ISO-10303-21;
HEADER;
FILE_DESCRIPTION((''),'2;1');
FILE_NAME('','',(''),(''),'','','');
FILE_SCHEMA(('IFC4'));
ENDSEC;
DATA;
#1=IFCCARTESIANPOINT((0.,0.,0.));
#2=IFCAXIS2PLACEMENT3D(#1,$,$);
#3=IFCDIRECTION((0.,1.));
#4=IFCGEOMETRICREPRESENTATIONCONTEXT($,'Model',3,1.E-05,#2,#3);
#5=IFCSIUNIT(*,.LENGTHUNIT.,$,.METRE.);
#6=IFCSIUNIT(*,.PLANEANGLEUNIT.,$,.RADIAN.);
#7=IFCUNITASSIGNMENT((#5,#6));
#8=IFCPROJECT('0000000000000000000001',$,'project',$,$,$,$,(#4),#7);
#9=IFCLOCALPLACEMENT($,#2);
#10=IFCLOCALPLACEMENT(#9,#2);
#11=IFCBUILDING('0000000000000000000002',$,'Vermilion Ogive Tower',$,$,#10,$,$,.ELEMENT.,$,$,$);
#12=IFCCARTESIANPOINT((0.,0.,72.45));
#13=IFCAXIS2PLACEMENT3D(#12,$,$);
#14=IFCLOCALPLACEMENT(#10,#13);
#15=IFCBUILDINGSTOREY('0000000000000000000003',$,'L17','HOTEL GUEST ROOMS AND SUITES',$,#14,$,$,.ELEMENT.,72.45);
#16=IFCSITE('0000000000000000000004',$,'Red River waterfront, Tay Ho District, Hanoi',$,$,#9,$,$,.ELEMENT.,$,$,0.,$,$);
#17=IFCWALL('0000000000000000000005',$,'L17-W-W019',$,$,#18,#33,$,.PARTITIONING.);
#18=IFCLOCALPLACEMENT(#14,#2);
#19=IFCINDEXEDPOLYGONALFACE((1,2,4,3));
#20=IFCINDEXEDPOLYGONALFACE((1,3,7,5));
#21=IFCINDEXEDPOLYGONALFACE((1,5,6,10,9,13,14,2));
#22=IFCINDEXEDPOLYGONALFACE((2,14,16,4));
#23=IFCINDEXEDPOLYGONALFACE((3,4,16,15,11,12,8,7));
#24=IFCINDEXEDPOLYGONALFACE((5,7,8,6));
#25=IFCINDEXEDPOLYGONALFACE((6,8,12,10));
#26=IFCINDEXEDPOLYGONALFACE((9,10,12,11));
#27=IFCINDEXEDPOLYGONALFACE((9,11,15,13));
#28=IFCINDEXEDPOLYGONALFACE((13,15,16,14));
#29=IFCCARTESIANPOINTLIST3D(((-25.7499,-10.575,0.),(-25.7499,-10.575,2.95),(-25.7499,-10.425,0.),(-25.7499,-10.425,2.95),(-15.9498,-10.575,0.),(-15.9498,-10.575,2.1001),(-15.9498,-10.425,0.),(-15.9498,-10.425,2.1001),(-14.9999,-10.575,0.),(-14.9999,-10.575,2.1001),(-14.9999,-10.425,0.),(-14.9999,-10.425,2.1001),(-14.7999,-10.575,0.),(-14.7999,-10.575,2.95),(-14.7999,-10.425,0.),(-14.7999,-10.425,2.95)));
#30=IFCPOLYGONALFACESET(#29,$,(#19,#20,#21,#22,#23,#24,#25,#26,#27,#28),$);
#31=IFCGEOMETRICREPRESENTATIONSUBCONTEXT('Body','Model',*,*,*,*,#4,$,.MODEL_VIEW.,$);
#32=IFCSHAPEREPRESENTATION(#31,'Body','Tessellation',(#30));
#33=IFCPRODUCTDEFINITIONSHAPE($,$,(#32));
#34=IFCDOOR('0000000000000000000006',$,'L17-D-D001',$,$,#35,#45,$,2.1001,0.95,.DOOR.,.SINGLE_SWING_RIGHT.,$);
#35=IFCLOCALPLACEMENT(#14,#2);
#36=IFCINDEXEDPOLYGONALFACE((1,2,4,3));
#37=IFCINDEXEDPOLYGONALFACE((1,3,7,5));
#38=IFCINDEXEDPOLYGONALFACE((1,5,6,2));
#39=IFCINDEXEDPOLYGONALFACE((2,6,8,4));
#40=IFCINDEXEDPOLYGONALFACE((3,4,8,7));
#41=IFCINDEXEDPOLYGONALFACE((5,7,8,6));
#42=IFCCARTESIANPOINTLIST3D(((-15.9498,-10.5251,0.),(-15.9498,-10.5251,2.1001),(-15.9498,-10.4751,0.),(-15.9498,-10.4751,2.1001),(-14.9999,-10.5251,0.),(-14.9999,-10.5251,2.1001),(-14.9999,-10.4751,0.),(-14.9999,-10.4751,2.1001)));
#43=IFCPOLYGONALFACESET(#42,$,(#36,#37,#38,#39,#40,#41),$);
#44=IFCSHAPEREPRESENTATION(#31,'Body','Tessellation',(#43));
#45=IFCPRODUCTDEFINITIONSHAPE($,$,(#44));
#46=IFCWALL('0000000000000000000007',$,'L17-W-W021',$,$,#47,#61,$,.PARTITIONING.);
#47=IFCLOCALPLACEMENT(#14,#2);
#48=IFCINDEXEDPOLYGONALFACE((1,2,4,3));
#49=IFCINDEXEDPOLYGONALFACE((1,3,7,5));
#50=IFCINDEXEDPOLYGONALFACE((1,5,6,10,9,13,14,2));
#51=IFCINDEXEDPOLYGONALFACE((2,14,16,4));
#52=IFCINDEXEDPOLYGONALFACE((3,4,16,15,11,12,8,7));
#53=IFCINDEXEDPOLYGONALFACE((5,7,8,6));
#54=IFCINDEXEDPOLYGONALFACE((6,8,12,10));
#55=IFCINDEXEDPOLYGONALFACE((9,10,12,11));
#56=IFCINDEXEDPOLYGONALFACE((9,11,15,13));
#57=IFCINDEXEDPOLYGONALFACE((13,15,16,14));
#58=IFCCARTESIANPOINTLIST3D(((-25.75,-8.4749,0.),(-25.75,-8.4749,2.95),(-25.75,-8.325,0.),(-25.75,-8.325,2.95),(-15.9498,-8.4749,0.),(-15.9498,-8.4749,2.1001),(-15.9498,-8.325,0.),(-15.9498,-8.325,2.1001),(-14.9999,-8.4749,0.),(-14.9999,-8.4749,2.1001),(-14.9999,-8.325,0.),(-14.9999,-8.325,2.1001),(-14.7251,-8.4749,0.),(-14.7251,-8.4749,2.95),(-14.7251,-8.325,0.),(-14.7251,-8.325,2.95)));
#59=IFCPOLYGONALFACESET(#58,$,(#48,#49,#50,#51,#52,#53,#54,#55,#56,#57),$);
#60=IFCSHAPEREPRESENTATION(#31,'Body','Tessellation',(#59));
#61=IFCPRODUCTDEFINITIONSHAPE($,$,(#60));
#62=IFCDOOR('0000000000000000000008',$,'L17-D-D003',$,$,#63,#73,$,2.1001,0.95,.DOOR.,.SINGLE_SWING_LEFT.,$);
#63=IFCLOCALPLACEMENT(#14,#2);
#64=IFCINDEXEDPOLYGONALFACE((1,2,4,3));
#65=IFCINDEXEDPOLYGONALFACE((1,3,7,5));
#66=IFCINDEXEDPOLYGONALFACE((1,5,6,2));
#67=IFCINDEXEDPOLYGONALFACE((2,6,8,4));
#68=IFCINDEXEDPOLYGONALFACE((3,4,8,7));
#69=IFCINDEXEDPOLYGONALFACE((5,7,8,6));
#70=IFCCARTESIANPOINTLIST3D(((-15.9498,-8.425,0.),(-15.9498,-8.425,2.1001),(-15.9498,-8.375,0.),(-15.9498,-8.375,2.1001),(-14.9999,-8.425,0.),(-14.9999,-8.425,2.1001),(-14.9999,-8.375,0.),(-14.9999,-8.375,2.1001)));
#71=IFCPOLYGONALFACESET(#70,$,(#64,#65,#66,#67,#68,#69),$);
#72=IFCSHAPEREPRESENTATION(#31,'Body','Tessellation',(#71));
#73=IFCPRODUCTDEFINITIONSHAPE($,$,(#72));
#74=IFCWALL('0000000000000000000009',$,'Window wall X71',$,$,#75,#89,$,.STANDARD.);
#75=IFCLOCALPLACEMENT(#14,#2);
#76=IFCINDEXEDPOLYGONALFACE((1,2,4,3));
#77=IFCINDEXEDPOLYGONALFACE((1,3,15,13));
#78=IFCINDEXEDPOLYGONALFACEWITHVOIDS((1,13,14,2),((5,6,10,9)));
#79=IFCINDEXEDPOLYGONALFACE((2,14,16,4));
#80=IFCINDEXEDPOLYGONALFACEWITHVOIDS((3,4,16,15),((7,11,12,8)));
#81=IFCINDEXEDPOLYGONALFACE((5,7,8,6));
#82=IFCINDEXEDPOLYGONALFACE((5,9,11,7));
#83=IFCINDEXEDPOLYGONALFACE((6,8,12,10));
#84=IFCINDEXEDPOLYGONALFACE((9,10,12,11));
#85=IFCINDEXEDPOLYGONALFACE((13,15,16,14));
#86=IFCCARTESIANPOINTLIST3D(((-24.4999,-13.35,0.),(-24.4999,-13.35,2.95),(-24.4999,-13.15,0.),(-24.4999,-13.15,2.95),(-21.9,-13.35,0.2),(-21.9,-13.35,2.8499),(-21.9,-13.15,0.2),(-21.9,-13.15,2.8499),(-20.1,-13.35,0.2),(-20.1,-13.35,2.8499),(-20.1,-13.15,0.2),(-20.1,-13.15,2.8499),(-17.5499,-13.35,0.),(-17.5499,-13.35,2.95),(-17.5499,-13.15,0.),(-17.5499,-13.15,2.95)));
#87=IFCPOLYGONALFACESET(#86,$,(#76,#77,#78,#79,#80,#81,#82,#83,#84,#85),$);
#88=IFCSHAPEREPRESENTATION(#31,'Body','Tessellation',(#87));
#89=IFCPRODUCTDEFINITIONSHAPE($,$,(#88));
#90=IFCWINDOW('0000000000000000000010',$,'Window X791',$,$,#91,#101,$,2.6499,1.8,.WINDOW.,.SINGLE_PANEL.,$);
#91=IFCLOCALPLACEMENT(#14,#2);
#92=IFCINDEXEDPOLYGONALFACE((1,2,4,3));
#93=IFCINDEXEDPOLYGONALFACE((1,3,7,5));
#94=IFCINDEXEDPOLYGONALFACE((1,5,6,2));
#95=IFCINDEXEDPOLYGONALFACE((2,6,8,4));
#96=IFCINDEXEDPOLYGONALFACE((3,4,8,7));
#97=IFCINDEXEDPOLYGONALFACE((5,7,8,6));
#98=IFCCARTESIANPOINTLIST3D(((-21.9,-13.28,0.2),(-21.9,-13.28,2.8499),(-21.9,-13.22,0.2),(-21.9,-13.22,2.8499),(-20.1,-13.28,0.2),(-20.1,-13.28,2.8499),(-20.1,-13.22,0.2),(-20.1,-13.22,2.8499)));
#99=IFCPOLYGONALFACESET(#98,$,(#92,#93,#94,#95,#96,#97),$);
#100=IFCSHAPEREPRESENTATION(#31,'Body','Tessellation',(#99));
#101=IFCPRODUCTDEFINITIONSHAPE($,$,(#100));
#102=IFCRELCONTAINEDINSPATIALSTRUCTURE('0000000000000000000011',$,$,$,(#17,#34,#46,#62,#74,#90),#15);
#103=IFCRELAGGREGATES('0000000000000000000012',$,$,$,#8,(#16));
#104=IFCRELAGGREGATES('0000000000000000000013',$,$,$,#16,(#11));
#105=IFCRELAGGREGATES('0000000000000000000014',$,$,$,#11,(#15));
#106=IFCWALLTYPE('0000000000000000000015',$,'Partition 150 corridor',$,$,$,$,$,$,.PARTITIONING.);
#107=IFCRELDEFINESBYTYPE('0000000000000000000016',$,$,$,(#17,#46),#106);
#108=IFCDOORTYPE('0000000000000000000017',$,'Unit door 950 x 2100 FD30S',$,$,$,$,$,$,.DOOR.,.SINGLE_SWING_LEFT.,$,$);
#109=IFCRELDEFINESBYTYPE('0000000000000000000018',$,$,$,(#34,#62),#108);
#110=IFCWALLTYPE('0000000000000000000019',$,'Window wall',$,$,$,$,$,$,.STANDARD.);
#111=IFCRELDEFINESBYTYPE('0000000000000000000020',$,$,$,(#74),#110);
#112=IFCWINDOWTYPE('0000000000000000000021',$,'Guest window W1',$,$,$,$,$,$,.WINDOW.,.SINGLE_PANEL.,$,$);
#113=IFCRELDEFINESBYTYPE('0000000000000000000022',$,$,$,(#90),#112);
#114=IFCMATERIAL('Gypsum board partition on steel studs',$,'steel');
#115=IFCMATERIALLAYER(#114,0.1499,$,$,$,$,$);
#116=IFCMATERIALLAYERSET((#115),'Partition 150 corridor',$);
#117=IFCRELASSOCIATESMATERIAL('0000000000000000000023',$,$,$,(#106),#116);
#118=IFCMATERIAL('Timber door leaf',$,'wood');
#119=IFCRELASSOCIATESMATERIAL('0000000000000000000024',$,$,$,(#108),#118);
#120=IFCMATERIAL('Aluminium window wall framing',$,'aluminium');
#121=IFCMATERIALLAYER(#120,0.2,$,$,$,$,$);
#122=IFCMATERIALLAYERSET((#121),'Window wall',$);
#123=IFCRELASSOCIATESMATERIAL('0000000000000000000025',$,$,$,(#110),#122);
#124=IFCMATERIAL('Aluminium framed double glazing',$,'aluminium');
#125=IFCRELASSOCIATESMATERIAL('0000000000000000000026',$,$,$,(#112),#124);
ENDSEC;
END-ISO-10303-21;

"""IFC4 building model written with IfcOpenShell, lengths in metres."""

from ifc_helpers import new_model, si_unit, direction, frame, frame_2d, origin, place, context, subcontext, project, spatial, rectangle, extrude, material, layer, layer_set, type_object, element, fill, save


model = new_model("IFC4")

# Units and contexts
model_context = context("Model", 3, precision=1e-05, world=origin(), true_north=direction((0.0, 1.0)))
body_context = subcontext(model_context, "Body", "Model", "MODEL_VIEW")
ifc_project = project(units=[si_unit("LENGTHUNIT", "METRE"), si_unit("PLANEANGLEUNIT", "RADIAN")], contexts=[model_context])

# Site, building, storey
site_placement = place(None, origin())
site = spatial("IfcSite", under=ifc_project, at=site_placement, Name="Red River waterfront, Tay Ho District, Hanoi", CompositionType="ELEMENT", RefElevation=0.0)
building_placement = place(site_placement, origin())
building = spatial("IfcBuilding", under=site, at=building_placement, Name="Vermilion Ogive Tower", CompositionType="ELEMENT")
storey_placement = place(building_placement, frame((0.0, 0.0, 72.45)))
storey = spatial("IfcBuildingStorey", under=building, at=storey_placement, Name="L17", Description="HOTEL GUEST ROOMS AND SUITES", CompositionType="ELEMENT", Elevation=72.45)

# Shared definitions
ifc_material_1 = material(Name="Gypsum board partition on steel studs", Category="steel")
ifc_layer_1 = layer(ifc_material_1, 0.1499)
ifc_layer_set_1 = layer_set([ifc_layer_1], Name="Partition 150 corridor")
wall_type_1 = type_object("IfcWallType", Name="Partition 150 corridor", PredefinedType="PARTITIONING", material=ifc_layer_set_1)

# Walls, openings, doors
wall_1_placement = place(storey_placement, frame((-25.75, -10.5, 0.0), z_axis=(0.0, 0.0, 1.0), x_axis=(1.0, 0.0, 0.0)))
wall_1 = element("IfcWall", 1, at=wall_1_placement, inside=storey, type_object=wall_type_1, Name="L17-W-W019", PredefinedType="PARTITIONING", context=body_context, shape_type="SweptSolid", body=[
    extrude(rectangle(XDim=10.95, YDim=0.1499, at=frame_2d((5.4751, 0.0))), origin(), (0.0, 0.0, 1.0), 2.95),
])
opening_1_placement = place(wall_1_placement, frame((9.8, 0.0, 0.0)))
opening_1 = element("IfcOpeningElement", 2, at=opening_1_placement, cuts=wall_1, PredefinedType="OPENING", context=body_context, shape_type="SweptSolid", body=[
    extrude(rectangle(XDim=0.95, YDim=2.1001, at=frame_2d((0.4751, 1.05))), frame((0.0, 0.085, 0.0), z_axis=(0.0, -1.0, 0.0), x_axis=(1.0, 0.0, 0.0)), (0.0, 0.0, 1.0), 0.1699),
])
ifc_material_2 = material(Name="Timber door leaf", Category="wood")
door_type_1 = type_object("IfcDoorType", Name="Unit door 950 x 2100 FD30S", OperationType="SINGLE_SWING_LEFT", PredefinedType="DOOR", material=ifc_material_2)
door_1_placement = place(opening_1_placement, origin())
door_1 = element("IfcDoor", 3, at=door_1_placement, inside=storey, type_object=door_type_1, Name="L17-D-D001", OperationType="SINGLE_SWING_RIGHT", OverallHeight=2.1001, OverallWidth=0.95, PredefinedType="DOOR", context=body_context, shape_type="SweptSolid", body=[
    extrude(rectangle(XDim=0.95, YDim=2.1001, at=frame_2d((0.4751, 1.05))), frame((0.0, 0.0249, 0.0), z_axis=(0.0, -1.0, 0.0), x_axis=(1.0, 0.0, 0.0)), (0.0, 0.0, 1.0), 0.05),
])
fill(opening_1, door_1)
wall_2_placement = place(storey_placement, frame((-25.75, -8.3999, 0.0), z_axis=(0.0, 0.0, 1.0), x_axis=(1.0, 0.0, 0.0)))
wall_2 = element("IfcWall", 4, at=wall_2_placement, inside=storey, type_object=wall_type_1, Name="L17-W-W021", PredefinedType="PARTITIONING", context=body_context, shape_type="SweptSolid", body=[
    extrude(rectangle(XDim=11.0249, YDim=0.1499, at=frame_2d((5.5125, 0.0))), origin(), (0.0, 0.0, 1.0), 2.95),
])
opening_2_placement = place(wall_2_placement, frame((9.8, 0.0, 0.0)))
opening_2 = element("IfcOpeningElement", 5, at=opening_2_placement, cuts=wall_2, PredefinedType="OPENING", context=body_context, shape_type="SweptSolid", body=[
    extrude(rectangle(XDim=0.95, YDim=2.1001, at=frame_2d((0.4751, 1.05))), frame((0.0, 0.085, 0.0), z_axis=(0.0, -1.0, 0.0), x_axis=(1.0, 0.0, 0.0)), (0.0, 0.0, 1.0), 0.1699),
])
door_2_placement = place(opening_2_placement, origin())
door_2 = element("IfcDoor", 6, at=door_2_placement, inside=storey, type_object=door_type_1, Name="L17-D-D003", OperationType="SINGLE_SWING_LEFT", OverallHeight=2.1001, OverallWidth=0.95, PredefinedType="DOOR", context=body_context, shape_type="SweptSolid", body=[
    extrude(rectangle(XDim=0.95, YDim=2.1001, at=frame_2d((0.4751, 1.05))), frame((0.0, 0.0249, 0.0), z_axis=(0.0, -1.0, 0.0), x_axis=(1.0, 0.0, 0.0)), (0.0, 0.0, 1.0), 0.05),
])
fill(opening_2, door_2)

# Wall, opening, window
ifc_material_3 = material(Name="Aluminium window wall framing", Category="aluminium")
ifc_layer_2 = layer(ifc_material_3, 0.2)
ifc_layer_set_2 = layer_set([ifc_layer_2], Name="Window wall")
wall_type_2 = type_object("IfcWallType", Name="Window wall", PredefinedType="STANDARD", material=ifc_layer_set_2)
wall_3_placement = place(storey_placement, frame((-24.5, -13.25, 0.0), z_axis=(0.0, 0.0, 1.0), x_axis=(1.0, 0.0, 0.0)))
wall_3 = element("IfcWall", 7, at=wall_3_placement, inside=storey, type_object=wall_type_2, Name="Window wall X71", PredefinedType="STANDARD", context=body_context, shape_type="SweptSolid", body=[
    extrude(rectangle(XDim=6.95, YDim=0.2, at=frame_2d((3.4751, 0.0))), origin(), (0.0, 0.0, 1.0), 2.95),
])
opening_3_placement = place(wall_3_placement, frame((2.6001, 0.0, 0.2)))
opening_3 = element("IfcOpeningElement", 8, at=opening_3_placement, cuts=wall_3, PredefinedType="OPENING", context=body_context, shape_type="SweptSolid", body=[
    extrude(rectangle(XDim=1.8, YDim=2.6499, at=frame_2d((0.8999, 1.325))), frame((0.0, 0.1099, 0.0), z_axis=(0.0, -1.0, 0.0), x_axis=(1.0, 0.0, 0.0)), (0.0, 0.0, 1.0), 0.22),
])
ifc_material_4 = material(Name="Aluminium framed double glazing", Category="aluminium")
window_type = type_object("IfcWindowType", Name="Guest window W1", PartitioningType="SINGLE_PANEL", PredefinedType="WINDOW", material=ifc_material_4)
window_placement = place(opening_3_placement, origin())
window = element("IfcWindow", 9, at=window_placement, inside=storey, type_object=window_type, Name="Window X791", OverallHeight=2.6499, OverallWidth=1.8, PartitioningType="SINGLE_PANEL", PredefinedType="WINDOW", context=body_context, shape_type="SweptSolid", body=[
    extrude(rectangle(XDim=1.8, YDim=2.6499, at=frame_2d((0.8999, 1.325))), frame((0.0, 0.03, 0.0), z_axis=(0.0, -1.0, 0.0), x_axis=(1.0, 0.0, 0.0)), (0.0, 0.0, 1.0), 0.0601),
])
fill(opening_3, window)

save(model, "model.ifc")
